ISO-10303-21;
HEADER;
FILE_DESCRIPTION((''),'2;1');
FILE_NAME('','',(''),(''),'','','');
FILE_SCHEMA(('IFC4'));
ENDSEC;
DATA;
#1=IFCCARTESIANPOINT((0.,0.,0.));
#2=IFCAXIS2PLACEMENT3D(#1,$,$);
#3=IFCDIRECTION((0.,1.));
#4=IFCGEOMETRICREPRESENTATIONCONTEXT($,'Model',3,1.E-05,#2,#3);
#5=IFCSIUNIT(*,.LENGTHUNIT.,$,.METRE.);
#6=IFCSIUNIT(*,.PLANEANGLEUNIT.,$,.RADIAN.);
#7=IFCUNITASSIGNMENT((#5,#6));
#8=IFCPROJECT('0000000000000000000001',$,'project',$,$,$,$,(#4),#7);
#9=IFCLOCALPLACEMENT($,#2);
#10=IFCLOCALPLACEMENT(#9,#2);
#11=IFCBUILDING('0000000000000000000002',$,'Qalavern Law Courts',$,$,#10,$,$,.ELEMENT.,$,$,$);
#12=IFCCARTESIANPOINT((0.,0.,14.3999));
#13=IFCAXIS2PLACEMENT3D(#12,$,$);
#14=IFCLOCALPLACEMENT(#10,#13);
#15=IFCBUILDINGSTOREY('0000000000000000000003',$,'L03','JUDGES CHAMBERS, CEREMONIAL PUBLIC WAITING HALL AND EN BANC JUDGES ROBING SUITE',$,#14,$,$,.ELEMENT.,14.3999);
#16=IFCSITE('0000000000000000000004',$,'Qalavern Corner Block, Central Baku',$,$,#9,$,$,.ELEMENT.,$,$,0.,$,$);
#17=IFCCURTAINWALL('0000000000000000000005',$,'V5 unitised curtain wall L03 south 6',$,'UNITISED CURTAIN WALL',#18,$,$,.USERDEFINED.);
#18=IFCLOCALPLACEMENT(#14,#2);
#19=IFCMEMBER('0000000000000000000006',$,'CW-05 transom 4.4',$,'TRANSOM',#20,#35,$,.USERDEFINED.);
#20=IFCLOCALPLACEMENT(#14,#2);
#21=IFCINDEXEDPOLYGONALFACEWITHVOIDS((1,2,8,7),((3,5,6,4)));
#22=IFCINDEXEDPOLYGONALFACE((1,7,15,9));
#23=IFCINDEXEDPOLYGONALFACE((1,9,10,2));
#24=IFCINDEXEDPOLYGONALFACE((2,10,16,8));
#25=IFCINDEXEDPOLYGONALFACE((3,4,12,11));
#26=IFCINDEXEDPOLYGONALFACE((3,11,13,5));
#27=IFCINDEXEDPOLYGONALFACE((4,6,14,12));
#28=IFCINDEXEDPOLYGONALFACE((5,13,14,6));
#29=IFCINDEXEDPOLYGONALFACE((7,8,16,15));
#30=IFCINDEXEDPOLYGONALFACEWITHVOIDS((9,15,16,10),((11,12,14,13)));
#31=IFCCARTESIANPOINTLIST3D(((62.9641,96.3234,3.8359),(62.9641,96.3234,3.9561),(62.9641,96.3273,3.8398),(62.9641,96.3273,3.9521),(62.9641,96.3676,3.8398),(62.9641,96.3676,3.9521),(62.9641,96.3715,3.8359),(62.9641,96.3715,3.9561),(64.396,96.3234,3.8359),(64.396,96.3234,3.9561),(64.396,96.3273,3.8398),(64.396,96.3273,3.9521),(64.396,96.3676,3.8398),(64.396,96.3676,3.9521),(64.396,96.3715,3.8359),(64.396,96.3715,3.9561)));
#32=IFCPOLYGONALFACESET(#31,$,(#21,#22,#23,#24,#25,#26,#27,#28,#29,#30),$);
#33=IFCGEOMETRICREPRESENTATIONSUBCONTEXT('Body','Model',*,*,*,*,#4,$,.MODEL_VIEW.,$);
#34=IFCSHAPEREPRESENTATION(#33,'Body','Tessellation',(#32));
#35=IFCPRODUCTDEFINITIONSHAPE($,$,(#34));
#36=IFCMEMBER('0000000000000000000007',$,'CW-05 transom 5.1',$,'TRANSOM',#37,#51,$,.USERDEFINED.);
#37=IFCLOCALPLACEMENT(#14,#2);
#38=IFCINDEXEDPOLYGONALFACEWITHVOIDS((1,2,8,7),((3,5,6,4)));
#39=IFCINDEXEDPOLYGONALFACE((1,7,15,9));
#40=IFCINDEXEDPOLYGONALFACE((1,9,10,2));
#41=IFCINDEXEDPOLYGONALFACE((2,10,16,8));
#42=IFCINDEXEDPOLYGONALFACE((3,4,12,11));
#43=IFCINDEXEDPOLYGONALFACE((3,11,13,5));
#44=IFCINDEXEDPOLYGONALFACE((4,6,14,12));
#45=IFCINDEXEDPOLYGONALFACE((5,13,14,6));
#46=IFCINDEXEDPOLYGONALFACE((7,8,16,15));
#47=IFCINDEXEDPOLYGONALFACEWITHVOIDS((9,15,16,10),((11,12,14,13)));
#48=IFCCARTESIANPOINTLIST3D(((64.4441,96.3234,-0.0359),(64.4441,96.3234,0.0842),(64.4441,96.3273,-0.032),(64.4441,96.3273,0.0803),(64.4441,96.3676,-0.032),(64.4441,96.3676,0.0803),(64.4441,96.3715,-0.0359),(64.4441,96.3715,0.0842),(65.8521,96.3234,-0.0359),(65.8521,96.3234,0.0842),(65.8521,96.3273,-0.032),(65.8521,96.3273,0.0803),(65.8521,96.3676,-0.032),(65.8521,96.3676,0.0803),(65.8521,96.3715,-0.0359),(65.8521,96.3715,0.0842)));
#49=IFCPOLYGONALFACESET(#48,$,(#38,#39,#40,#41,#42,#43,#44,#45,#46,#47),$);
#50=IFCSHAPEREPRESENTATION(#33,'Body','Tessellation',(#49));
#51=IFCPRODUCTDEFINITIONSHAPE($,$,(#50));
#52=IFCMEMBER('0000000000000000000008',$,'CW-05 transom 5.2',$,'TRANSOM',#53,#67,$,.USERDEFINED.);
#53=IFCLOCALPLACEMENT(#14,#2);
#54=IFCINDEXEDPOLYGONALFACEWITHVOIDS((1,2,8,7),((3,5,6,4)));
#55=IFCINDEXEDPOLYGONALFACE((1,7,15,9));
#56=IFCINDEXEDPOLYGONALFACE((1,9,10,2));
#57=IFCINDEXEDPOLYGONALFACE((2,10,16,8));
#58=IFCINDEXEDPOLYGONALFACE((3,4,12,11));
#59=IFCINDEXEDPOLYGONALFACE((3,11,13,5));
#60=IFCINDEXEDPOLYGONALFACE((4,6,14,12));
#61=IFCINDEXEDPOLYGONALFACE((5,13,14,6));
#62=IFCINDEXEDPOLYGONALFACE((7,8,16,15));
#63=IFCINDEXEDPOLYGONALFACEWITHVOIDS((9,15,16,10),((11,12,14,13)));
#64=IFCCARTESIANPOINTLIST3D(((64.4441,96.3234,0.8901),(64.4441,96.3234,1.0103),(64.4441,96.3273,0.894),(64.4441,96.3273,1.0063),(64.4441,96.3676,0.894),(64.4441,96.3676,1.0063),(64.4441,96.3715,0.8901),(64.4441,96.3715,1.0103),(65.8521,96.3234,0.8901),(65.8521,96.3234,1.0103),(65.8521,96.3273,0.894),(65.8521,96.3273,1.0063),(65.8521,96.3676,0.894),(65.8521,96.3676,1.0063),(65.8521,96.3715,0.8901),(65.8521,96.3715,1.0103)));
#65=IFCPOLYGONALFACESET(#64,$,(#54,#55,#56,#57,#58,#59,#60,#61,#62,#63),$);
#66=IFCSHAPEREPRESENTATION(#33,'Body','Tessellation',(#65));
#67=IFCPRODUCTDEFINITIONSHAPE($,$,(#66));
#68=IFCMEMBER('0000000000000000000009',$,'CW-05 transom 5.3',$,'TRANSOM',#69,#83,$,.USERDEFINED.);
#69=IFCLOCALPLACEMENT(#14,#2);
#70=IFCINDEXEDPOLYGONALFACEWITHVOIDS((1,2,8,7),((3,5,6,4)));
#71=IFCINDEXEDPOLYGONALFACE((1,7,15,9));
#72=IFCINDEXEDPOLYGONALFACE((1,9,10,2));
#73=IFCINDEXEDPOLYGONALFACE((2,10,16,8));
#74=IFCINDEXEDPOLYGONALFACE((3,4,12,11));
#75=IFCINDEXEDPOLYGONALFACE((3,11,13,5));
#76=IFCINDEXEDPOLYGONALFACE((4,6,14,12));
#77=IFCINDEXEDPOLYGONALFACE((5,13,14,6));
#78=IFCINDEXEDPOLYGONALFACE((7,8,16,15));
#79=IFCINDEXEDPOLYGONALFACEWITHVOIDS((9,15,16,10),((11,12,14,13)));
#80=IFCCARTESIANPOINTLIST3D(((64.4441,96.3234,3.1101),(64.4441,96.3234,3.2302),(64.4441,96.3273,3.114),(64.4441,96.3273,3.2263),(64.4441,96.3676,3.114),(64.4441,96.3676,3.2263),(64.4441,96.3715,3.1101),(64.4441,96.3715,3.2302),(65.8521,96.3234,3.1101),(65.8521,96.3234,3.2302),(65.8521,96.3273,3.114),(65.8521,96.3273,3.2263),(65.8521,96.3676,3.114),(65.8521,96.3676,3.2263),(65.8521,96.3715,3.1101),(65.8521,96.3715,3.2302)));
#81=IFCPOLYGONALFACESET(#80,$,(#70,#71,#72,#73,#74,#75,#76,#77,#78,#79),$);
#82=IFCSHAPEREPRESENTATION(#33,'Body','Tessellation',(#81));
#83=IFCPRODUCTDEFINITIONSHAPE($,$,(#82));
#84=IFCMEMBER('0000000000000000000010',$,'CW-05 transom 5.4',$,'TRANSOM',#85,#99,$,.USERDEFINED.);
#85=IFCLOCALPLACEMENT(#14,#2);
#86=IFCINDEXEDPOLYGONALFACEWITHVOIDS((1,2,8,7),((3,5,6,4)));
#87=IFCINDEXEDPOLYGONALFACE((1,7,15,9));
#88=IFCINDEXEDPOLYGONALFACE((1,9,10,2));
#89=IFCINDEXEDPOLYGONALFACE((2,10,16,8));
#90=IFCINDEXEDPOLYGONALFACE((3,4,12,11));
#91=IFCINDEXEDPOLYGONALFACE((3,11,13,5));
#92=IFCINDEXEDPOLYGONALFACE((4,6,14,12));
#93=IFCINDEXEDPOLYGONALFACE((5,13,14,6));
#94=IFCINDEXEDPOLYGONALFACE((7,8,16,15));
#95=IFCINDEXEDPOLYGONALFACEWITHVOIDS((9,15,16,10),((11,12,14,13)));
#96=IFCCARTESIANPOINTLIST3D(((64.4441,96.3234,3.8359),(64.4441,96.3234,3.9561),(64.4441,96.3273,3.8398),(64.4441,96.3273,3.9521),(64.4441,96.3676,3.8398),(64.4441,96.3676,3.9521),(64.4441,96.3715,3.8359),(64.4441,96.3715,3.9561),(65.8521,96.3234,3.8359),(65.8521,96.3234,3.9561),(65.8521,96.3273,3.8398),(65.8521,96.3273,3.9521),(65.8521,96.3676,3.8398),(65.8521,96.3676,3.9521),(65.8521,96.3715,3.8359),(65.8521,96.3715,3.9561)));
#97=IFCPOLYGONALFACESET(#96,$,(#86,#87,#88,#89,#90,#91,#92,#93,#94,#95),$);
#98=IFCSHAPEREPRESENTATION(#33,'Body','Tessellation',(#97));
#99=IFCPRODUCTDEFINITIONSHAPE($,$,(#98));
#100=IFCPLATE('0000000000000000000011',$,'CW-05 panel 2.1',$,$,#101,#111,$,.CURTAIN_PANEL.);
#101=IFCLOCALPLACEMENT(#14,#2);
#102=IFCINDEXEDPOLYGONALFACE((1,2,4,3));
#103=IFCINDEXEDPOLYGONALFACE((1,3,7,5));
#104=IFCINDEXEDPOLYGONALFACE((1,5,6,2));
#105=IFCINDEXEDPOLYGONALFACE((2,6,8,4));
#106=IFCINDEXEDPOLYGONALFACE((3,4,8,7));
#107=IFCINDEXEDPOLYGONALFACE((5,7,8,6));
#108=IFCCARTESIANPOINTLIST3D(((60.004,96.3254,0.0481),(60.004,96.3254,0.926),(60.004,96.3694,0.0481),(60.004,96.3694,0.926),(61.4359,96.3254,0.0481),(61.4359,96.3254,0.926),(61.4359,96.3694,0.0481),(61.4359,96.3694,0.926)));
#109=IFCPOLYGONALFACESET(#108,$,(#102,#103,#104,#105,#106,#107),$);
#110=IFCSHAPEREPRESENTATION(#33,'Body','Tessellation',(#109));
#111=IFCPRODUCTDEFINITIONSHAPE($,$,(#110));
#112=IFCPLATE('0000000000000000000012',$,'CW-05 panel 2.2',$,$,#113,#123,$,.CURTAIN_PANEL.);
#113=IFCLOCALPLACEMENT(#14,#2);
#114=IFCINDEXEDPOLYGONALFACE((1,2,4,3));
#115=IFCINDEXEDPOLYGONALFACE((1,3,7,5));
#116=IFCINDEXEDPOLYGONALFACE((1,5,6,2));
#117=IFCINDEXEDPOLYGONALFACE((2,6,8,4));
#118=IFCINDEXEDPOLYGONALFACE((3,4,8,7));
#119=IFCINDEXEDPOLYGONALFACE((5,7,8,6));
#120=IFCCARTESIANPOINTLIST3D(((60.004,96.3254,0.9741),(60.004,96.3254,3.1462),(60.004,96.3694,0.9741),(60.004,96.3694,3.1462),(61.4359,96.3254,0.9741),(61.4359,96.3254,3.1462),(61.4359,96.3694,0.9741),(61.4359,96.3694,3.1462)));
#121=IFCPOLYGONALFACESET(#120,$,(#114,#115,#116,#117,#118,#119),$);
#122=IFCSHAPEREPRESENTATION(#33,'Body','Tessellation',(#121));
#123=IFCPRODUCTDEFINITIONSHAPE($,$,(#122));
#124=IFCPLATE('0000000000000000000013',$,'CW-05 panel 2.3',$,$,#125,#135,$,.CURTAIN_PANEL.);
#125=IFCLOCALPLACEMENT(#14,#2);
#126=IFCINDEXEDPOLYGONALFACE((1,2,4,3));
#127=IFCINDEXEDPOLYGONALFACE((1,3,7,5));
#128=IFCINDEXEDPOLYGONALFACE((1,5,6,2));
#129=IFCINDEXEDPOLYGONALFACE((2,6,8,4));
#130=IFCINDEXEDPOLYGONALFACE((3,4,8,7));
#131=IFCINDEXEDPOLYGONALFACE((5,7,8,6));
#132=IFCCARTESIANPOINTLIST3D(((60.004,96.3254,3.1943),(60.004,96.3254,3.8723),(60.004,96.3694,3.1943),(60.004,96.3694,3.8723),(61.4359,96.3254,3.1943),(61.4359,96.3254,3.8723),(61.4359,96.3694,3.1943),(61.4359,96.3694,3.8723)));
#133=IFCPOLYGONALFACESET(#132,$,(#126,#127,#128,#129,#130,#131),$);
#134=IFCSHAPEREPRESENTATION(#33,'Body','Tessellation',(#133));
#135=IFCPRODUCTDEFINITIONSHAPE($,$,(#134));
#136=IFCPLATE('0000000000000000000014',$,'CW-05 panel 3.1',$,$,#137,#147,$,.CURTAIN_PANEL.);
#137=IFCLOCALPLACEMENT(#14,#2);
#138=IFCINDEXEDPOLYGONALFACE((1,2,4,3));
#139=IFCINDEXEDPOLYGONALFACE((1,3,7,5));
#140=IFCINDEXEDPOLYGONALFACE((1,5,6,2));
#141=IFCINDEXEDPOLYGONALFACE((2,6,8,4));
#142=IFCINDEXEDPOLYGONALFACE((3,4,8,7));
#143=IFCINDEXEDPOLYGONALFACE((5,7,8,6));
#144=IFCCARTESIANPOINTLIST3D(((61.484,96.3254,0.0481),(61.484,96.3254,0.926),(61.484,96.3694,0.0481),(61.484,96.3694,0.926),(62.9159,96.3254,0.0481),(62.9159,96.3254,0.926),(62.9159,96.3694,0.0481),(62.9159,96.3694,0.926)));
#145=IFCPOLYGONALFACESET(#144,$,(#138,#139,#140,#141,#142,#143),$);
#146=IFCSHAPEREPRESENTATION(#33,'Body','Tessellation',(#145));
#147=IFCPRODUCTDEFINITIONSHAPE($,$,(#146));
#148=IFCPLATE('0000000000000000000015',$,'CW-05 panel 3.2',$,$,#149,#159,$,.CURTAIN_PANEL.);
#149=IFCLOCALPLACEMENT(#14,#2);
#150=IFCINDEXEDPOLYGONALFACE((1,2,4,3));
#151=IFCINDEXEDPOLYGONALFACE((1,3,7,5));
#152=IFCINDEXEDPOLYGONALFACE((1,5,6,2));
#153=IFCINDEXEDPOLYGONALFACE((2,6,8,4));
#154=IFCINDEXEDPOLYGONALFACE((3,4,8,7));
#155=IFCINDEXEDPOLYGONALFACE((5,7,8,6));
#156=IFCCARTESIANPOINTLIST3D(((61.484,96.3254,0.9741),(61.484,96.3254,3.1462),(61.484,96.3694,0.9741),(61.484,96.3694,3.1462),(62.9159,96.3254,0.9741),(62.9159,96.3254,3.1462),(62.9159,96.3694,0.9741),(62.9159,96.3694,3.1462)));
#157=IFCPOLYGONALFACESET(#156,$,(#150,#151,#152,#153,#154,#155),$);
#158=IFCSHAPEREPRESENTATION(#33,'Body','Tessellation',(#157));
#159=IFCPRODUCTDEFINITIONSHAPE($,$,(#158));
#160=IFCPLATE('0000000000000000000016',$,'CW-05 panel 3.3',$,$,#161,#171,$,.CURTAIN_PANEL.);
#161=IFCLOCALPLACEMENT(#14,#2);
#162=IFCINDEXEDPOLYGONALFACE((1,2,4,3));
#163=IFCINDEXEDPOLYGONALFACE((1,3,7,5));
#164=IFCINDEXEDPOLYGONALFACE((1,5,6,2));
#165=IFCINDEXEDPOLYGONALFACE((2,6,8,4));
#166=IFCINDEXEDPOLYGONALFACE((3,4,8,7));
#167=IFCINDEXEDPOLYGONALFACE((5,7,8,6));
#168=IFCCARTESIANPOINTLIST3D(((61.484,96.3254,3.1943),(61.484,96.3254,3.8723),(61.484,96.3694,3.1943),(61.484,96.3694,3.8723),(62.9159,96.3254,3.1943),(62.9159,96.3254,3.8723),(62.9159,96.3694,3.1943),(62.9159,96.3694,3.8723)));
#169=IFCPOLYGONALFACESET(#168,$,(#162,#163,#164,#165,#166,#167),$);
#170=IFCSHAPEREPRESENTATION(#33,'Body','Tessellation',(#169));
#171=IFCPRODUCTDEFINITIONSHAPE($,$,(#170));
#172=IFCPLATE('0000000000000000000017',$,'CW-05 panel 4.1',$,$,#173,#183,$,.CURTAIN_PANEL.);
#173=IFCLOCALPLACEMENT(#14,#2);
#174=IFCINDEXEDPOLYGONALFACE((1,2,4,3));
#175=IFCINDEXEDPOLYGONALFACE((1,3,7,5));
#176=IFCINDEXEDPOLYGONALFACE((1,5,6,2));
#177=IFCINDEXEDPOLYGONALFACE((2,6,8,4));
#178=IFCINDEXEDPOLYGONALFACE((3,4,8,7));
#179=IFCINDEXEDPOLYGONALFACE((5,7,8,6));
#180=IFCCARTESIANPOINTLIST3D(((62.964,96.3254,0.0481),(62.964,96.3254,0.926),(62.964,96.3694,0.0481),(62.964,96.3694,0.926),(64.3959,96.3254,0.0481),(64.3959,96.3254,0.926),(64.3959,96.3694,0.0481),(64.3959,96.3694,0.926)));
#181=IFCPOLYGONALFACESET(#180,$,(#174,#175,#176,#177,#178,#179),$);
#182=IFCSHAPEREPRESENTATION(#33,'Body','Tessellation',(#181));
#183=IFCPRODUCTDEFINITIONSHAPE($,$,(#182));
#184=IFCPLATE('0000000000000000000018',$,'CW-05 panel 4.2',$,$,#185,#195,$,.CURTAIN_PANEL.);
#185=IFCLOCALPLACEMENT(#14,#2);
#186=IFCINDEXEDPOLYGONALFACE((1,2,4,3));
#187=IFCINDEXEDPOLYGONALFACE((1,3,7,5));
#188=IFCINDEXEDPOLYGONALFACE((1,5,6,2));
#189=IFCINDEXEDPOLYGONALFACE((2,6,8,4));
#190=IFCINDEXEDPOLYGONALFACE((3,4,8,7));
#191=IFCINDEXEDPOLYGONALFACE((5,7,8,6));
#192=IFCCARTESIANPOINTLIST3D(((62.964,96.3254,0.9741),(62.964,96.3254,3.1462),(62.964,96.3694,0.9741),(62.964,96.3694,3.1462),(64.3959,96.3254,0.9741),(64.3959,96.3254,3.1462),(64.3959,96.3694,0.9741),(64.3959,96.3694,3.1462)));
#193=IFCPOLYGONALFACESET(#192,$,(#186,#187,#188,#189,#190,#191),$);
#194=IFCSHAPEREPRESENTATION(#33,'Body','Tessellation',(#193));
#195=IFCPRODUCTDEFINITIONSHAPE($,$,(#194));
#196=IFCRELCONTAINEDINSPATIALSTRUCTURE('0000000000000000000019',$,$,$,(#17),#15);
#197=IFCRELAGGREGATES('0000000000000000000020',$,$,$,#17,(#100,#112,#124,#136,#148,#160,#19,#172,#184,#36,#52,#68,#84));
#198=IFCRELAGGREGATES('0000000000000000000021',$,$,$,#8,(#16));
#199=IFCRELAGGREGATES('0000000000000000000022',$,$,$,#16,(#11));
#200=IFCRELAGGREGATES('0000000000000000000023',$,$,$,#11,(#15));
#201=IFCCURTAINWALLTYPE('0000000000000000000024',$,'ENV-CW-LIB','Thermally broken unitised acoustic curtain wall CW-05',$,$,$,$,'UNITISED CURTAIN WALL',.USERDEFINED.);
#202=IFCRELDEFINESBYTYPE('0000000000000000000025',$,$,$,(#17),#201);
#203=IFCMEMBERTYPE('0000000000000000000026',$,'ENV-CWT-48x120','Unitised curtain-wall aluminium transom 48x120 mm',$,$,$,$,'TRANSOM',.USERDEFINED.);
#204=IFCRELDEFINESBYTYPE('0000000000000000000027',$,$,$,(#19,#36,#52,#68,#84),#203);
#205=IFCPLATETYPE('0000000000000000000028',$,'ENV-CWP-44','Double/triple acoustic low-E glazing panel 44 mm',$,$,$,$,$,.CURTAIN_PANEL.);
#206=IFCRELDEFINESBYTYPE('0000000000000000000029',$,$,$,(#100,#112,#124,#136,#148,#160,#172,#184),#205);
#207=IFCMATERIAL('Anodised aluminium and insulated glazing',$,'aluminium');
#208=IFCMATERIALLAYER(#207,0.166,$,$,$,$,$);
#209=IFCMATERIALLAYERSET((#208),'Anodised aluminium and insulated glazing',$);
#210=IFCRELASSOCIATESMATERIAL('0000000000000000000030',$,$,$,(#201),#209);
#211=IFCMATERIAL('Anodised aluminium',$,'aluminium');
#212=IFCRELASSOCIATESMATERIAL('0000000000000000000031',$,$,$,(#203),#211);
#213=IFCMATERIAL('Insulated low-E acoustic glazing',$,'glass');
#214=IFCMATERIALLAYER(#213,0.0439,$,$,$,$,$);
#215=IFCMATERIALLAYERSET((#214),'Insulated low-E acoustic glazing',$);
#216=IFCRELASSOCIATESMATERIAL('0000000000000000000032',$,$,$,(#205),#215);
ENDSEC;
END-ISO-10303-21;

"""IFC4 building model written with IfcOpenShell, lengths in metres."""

from ifc_helpers import new_model, si_unit, direction, frame, origin, origin_2d, place, context, subcontext, project, spatial, rectangle, hollow_rectangle, extrude, material, layer, layer_set, material_profile, profile_set, type_object, element, aggregate, save


model = new_model("IFC4")

# Units and contexts
model_context = context("Model", 3, precision=1e-05, world=origin(), true_north=direction((0.0, 1.0)))
body_context = subcontext(model_context, "Body", "Model", "MODEL_VIEW")
ifc_project = project(units=[si_unit("LENGTHUNIT", "METRE"), si_unit("PLANEANGLEUNIT", "RADIAN")], contexts=[model_context])

# Site, building, storey
site_placement = place(None, origin())
site = spatial("IfcSite", under=ifc_project, at=site_placement, Name="Qalavern Corner Block, Central Baku", CompositionType="ELEMENT", RefElevation=0.0)
building_placement = place(site_placement, origin())
building = spatial("IfcBuilding", under=site, at=building_placement, Name="Qalavern Law Courts", CompositionType="ELEMENT")
storey_placement = place(building_placement, frame((0.0, 0.0, 14.3999)))
storey = spatial("IfcBuildingStorey", under=building, at=storey_placement, Name="L03", Description="JUDGES CHAMBERS, CEREMONIAL PUBLIC WAITING HALL AND EN BANC JUDGES ROBING SUITE", CompositionType="ELEMENT", Elevation=14.3999)

# Curtain wall, members, plates
ifc_material_1 = material(Name="Anodised aluminium and insulated glazing", Category="aluminium")
ifc_layer_1 = layer(ifc_material_1, 0.166)
ifc_layer_set_1 = layer_set([ifc_layer_1], Name="Anodised aluminium and insulated glazing")
curtain_wall_type = type_object("IfcCurtainWallType", Name="ENV-CW-LIB", Description="Thermally broken unitised acoustic curtain wall CW-05", ElementType="UNITISED CURTAIN WALL", PredefinedType="USERDEFINED", material=ifc_layer_set_1)
curtain_wall_placement = place(storey_placement, origin())
curtain_wall = element("IfcCurtainWall", 1, at=curtain_wall_placement, inside=storey, type_object=curtain_wall_type, Name="V5 unitised curtain wall L03 south 6", ObjectType="UNITISED CURTAIN WALL", PredefinedType="USERDEFINED")
ifc_material_2 = material(Name="Anodised aluminium", Category="aluminium")
ifc_material_profile_1 = material_profile(ifc_material_2, hollow_rectangle(XDim=0.0481, YDim=0.1201, WallThickness=0.0039, at=origin_2d()), Name="ALU TRANSOM 48x120")
ifc_profile_set_1 = profile_set([ifc_material_profile_1], Name="Anodised aluminium")
member_type_1 = type_object("IfcMemberType", Name="ENV-CWT-48x120", Description="Unitised curtain-wall aluminium transom 48x120 mm", ElementType="TRANSOM", PredefinedType="USERDEFINED", material=ifc_profile_set_1)
member_1_placement = place(storey_placement, frame((62.9641, 96.3474, 3.896), z_axis=(1.0, 0.0, 0.0), x_axis=(0.0, 1.0, 0.0)))
member_1 = element("IfcMember", 2, at=member_1_placement, type_object=member_type_1, Name="CW-05 transom 4.4", ObjectType="TRANSOM", PredefinedType="USERDEFINED", context=body_context, shape_type="SweptSolid", body=[
    extrude(hollow_rectangle(XDim=0.0481, YDim=0.1201, WallThickness=0.0039, at=origin_2d()), origin(), (0.0, 0.0, 1.0), 1.4319),
])
member_2_placement = place(storey_placement, frame((64.4441, 96.3474, 0.0242), z_axis=(1.0, 0.0, 0.0), x_axis=(0.0, 1.0, 0.0)))
member_2 = element("IfcMember", 3, at=member_2_placement, type_object=member_type_1, Name="CW-05 transom 5.1", ObjectType="TRANSOM", PredefinedType="USERDEFINED", context=body_context, shape_type="SweptSolid", body=[
    extrude(hollow_rectangle(XDim=0.0481, YDim=0.1201, WallThickness=0.0039, at=origin_2d()), origin(), (0.0, 0.0, 1.0), 1.408),
])
member_3_placement = place(storey_placement, frame((64.4441, 96.3474, 0.9502), z_axis=(1.0, 0.0, 0.0), x_axis=(0.0, 1.0, 0.0)))
member_3 = element("IfcMember", 4, at=member_3_placement, type_object=member_type_1, Name="CW-05 transom 5.2", ObjectType="TRANSOM", PredefinedType="USERDEFINED", context=body_context, shape_type="SweptSolid", body=[
    extrude(hollow_rectangle(XDim=0.0481, YDim=0.1201, WallThickness=0.0039, at=origin_2d()), origin(), (0.0, 0.0, 1.0), 1.408),
])
member_4_placement = place(storey_placement, frame((64.4441, 96.3474, 3.1702), z_axis=(1.0, 0.0, 0.0), x_axis=(0.0, 1.0, 0.0)))
member_4 = element("IfcMember", 5, at=member_4_placement, type_object=member_type_1, Name="CW-05 transom 5.3", ObjectType="TRANSOM", PredefinedType="USERDEFINED", context=body_context, shape_type="SweptSolid", body=[
    extrude(hollow_rectangle(XDim=0.0481, YDim=0.1201, WallThickness=0.0039, at=origin_2d()), origin(), (0.0, 0.0, 1.0), 1.408),
])
member_5_placement = place(storey_placement, frame((64.4441, 96.3474, 3.896), z_axis=(1.0, 0.0, 0.0), x_axis=(0.0, 1.0, 0.0)))
member_5 = element("IfcMember", 6, at=member_5_placement, type_object=member_type_1, Name="CW-05 transom 5.4", ObjectType="TRANSOM", PredefinedType="USERDEFINED", context=body_context, shape_type="SweptSolid", body=[
    extrude(hollow_rectangle(XDim=0.0481, YDim=0.1201, WallThickness=0.0039, at=origin_2d()), origin(), (0.0, 0.0, 1.0), 1.408),
])
ifc_material_3 = material(Name="Insulated low-E acoustic glazing", Category="glass")
ifc_layer_2 = layer(ifc_material_3, 0.0439)
ifc_layer_set_2 = layer_set([ifc_layer_2], Name="Insulated low-E acoustic glazing")
plate_type = type_object("IfcPlateType", Name="ENV-CWP-44", Description="Double/triple acoustic low-E glazing panel 44 mm", PredefinedType="CURTAIN_PANEL", material=ifc_layer_set_2)
plate_1_placement = place(storey_placement, frame((60.72, 96.3474, 0.0481), z_axis=(0.0, 0.0, 1.0), x_axis=(1.0, 0.0, 0.0)))
plate_1 = element("IfcPlate", 7, at=plate_1_placement, type_object=plate_type, Name="CW-05 panel 2.1", PredefinedType="CURTAIN_PANEL", context=body_context, shape_type="SweptSolid", body=[
    extrude(rectangle(XDim=1.4319, YDim=0.0439, at=origin_2d()), origin(), (0.0, 0.0, 1.0), 0.8779),
])
plate_2_placement = place(storey_placement, frame((60.72, 96.3474, 0.9741), z_axis=(0.0, 0.0, 1.0), x_axis=(1.0, 0.0, 0.0)))
plate_2 = element("IfcPlate", 8, at=plate_2_placement, type_object=plate_type, Name="CW-05 panel 2.2", PredefinedType="CURTAIN_PANEL", context=body_context, shape_type="SweptSolid", body=[
    extrude(rectangle(XDim=1.4319, YDim=0.0439, at=origin_2d()), origin(), (0.0, 0.0, 1.0), 2.1721),
])
plate_3_placement = place(storey_placement, frame((60.72, 96.3474, 3.1943), z_axis=(0.0, 0.0, 1.0), x_axis=(1.0, 0.0, 0.0)))
plate_3 = element("IfcPlate", 9, at=plate_3_placement, type_object=plate_type, Name="CW-05 panel 2.3", PredefinedType="CURTAIN_PANEL", context=body_context, shape_type="SweptSolid", body=[
    extrude(rectangle(XDim=1.4319, YDim=0.0439, at=origin_2d()), origin(), (0.0, 0.0, 1.0), 0.678),
])
plate_4_placement = place(storey_placement, frame((62.2, 96.3474, 0.0481), z_axis=(0.0, 0.0, 1.0), x_axis=(1.0, 0.0, 0.0)))
plate_4 = element("IfcPlate", 10, at=plate_4_placement, type_object=plate_type, Name="CW-05 panel 3.1", PredefinedType="CURTAIN_PANEL", context=body_context, shape_type="SweptSolid", body=[
    extrude(rectangle(XDim=1.4319, YDim=0.0439, at=origin_2d()), origin(), (0.0, 0.0, 1.0), 0.8779),
])
plate_5_placement = place(storey_placement, frame((62.2, 96.3474, 0.9741), z_axis=(0.0, 0.0, 1.0), x_axis=(1.0, 0.0, 0.0)))
plate_5 = element("IfcPlate", 11, at=plate_5_placement, type_object=plate_type, Name="CW-05 panel 3.2", PredefinedType="CURTAIN_PANEL", context=body_context, shape_type="SweptSolid", body=[
    extrude(rectangle(XDim=1.4319, YDim=0.0439, at=origin_2d()), origin(), (0.0, 0.0, 1.0), 2.1721),
])
plate_6_placement = place(storey_placement, frame((62.2, 96.3474, 3.1943), z_axis=(0.0, 0.0, 1.0), x_axis=(1.0, 0.0, 0.0)))
plate_6 = element("IfcPlate", 12, at=plate_6_placement, type_object=plate_type, Name="CW-05 panel 3.3", PredefinedType="CURTAIN_PANEL", context=body_context, shape_type="SweptSolid", body=[
    extrude(rectangle(XDim=1.4319, YDim=0.0439, at=origin_2d()), origin(), (0.0, 0.0, 1.0), 0.678),
])
plate_7_placement = place(storey_placement, frame((63.6799, 96.3474, 0.0481), z_axis=(0.0, 0.0, 1.0), x_axis=(1.0, 0.0, 0.0)))
plate_7 = element("IfcPlate", 13, at=plate_7_placement, type_object=plate_type, Name="CW-05 panel 4.1", PredefinedType="CURTAIN_PANEL", context=body_context, shape_type="SweptSolid", body=[
    extrude(rectangle(XDim=1.4319, YDim=0.0439, at=origin_2d()), origin(), (0.0, 0.0, 1.0), 0.8779),
])
plate_8_placement = place(storey_placement, frame((63.6799, 96.3474, 0.9741), z_axis=(0.0, 0.0, 1.0), x_axis=(1.0, 0.0, 0.0)))
plate_8 = element("IfcPlate", 14, at=plate_8_placement, type_object=plate_type, Name="CW-05 panel 4.2", PredefinedType="CURTAIN_PANEL", context=body_context, shape_type="SweptSolid", body=[
    extrude(rectangle(XDim=1.4319, YDim=0.0439, at=origin_2d()), origin(), (0.0, 0.0, 1.0), 2.1721),
])
aggregate(curtain_wall, [plate_1, plate_2, plate_3, plate_4, plate_5, plate_6, member_1, plate_7, plate_8, member_2, member_3, member_4, member_5])

save(model, "model.ifc")
